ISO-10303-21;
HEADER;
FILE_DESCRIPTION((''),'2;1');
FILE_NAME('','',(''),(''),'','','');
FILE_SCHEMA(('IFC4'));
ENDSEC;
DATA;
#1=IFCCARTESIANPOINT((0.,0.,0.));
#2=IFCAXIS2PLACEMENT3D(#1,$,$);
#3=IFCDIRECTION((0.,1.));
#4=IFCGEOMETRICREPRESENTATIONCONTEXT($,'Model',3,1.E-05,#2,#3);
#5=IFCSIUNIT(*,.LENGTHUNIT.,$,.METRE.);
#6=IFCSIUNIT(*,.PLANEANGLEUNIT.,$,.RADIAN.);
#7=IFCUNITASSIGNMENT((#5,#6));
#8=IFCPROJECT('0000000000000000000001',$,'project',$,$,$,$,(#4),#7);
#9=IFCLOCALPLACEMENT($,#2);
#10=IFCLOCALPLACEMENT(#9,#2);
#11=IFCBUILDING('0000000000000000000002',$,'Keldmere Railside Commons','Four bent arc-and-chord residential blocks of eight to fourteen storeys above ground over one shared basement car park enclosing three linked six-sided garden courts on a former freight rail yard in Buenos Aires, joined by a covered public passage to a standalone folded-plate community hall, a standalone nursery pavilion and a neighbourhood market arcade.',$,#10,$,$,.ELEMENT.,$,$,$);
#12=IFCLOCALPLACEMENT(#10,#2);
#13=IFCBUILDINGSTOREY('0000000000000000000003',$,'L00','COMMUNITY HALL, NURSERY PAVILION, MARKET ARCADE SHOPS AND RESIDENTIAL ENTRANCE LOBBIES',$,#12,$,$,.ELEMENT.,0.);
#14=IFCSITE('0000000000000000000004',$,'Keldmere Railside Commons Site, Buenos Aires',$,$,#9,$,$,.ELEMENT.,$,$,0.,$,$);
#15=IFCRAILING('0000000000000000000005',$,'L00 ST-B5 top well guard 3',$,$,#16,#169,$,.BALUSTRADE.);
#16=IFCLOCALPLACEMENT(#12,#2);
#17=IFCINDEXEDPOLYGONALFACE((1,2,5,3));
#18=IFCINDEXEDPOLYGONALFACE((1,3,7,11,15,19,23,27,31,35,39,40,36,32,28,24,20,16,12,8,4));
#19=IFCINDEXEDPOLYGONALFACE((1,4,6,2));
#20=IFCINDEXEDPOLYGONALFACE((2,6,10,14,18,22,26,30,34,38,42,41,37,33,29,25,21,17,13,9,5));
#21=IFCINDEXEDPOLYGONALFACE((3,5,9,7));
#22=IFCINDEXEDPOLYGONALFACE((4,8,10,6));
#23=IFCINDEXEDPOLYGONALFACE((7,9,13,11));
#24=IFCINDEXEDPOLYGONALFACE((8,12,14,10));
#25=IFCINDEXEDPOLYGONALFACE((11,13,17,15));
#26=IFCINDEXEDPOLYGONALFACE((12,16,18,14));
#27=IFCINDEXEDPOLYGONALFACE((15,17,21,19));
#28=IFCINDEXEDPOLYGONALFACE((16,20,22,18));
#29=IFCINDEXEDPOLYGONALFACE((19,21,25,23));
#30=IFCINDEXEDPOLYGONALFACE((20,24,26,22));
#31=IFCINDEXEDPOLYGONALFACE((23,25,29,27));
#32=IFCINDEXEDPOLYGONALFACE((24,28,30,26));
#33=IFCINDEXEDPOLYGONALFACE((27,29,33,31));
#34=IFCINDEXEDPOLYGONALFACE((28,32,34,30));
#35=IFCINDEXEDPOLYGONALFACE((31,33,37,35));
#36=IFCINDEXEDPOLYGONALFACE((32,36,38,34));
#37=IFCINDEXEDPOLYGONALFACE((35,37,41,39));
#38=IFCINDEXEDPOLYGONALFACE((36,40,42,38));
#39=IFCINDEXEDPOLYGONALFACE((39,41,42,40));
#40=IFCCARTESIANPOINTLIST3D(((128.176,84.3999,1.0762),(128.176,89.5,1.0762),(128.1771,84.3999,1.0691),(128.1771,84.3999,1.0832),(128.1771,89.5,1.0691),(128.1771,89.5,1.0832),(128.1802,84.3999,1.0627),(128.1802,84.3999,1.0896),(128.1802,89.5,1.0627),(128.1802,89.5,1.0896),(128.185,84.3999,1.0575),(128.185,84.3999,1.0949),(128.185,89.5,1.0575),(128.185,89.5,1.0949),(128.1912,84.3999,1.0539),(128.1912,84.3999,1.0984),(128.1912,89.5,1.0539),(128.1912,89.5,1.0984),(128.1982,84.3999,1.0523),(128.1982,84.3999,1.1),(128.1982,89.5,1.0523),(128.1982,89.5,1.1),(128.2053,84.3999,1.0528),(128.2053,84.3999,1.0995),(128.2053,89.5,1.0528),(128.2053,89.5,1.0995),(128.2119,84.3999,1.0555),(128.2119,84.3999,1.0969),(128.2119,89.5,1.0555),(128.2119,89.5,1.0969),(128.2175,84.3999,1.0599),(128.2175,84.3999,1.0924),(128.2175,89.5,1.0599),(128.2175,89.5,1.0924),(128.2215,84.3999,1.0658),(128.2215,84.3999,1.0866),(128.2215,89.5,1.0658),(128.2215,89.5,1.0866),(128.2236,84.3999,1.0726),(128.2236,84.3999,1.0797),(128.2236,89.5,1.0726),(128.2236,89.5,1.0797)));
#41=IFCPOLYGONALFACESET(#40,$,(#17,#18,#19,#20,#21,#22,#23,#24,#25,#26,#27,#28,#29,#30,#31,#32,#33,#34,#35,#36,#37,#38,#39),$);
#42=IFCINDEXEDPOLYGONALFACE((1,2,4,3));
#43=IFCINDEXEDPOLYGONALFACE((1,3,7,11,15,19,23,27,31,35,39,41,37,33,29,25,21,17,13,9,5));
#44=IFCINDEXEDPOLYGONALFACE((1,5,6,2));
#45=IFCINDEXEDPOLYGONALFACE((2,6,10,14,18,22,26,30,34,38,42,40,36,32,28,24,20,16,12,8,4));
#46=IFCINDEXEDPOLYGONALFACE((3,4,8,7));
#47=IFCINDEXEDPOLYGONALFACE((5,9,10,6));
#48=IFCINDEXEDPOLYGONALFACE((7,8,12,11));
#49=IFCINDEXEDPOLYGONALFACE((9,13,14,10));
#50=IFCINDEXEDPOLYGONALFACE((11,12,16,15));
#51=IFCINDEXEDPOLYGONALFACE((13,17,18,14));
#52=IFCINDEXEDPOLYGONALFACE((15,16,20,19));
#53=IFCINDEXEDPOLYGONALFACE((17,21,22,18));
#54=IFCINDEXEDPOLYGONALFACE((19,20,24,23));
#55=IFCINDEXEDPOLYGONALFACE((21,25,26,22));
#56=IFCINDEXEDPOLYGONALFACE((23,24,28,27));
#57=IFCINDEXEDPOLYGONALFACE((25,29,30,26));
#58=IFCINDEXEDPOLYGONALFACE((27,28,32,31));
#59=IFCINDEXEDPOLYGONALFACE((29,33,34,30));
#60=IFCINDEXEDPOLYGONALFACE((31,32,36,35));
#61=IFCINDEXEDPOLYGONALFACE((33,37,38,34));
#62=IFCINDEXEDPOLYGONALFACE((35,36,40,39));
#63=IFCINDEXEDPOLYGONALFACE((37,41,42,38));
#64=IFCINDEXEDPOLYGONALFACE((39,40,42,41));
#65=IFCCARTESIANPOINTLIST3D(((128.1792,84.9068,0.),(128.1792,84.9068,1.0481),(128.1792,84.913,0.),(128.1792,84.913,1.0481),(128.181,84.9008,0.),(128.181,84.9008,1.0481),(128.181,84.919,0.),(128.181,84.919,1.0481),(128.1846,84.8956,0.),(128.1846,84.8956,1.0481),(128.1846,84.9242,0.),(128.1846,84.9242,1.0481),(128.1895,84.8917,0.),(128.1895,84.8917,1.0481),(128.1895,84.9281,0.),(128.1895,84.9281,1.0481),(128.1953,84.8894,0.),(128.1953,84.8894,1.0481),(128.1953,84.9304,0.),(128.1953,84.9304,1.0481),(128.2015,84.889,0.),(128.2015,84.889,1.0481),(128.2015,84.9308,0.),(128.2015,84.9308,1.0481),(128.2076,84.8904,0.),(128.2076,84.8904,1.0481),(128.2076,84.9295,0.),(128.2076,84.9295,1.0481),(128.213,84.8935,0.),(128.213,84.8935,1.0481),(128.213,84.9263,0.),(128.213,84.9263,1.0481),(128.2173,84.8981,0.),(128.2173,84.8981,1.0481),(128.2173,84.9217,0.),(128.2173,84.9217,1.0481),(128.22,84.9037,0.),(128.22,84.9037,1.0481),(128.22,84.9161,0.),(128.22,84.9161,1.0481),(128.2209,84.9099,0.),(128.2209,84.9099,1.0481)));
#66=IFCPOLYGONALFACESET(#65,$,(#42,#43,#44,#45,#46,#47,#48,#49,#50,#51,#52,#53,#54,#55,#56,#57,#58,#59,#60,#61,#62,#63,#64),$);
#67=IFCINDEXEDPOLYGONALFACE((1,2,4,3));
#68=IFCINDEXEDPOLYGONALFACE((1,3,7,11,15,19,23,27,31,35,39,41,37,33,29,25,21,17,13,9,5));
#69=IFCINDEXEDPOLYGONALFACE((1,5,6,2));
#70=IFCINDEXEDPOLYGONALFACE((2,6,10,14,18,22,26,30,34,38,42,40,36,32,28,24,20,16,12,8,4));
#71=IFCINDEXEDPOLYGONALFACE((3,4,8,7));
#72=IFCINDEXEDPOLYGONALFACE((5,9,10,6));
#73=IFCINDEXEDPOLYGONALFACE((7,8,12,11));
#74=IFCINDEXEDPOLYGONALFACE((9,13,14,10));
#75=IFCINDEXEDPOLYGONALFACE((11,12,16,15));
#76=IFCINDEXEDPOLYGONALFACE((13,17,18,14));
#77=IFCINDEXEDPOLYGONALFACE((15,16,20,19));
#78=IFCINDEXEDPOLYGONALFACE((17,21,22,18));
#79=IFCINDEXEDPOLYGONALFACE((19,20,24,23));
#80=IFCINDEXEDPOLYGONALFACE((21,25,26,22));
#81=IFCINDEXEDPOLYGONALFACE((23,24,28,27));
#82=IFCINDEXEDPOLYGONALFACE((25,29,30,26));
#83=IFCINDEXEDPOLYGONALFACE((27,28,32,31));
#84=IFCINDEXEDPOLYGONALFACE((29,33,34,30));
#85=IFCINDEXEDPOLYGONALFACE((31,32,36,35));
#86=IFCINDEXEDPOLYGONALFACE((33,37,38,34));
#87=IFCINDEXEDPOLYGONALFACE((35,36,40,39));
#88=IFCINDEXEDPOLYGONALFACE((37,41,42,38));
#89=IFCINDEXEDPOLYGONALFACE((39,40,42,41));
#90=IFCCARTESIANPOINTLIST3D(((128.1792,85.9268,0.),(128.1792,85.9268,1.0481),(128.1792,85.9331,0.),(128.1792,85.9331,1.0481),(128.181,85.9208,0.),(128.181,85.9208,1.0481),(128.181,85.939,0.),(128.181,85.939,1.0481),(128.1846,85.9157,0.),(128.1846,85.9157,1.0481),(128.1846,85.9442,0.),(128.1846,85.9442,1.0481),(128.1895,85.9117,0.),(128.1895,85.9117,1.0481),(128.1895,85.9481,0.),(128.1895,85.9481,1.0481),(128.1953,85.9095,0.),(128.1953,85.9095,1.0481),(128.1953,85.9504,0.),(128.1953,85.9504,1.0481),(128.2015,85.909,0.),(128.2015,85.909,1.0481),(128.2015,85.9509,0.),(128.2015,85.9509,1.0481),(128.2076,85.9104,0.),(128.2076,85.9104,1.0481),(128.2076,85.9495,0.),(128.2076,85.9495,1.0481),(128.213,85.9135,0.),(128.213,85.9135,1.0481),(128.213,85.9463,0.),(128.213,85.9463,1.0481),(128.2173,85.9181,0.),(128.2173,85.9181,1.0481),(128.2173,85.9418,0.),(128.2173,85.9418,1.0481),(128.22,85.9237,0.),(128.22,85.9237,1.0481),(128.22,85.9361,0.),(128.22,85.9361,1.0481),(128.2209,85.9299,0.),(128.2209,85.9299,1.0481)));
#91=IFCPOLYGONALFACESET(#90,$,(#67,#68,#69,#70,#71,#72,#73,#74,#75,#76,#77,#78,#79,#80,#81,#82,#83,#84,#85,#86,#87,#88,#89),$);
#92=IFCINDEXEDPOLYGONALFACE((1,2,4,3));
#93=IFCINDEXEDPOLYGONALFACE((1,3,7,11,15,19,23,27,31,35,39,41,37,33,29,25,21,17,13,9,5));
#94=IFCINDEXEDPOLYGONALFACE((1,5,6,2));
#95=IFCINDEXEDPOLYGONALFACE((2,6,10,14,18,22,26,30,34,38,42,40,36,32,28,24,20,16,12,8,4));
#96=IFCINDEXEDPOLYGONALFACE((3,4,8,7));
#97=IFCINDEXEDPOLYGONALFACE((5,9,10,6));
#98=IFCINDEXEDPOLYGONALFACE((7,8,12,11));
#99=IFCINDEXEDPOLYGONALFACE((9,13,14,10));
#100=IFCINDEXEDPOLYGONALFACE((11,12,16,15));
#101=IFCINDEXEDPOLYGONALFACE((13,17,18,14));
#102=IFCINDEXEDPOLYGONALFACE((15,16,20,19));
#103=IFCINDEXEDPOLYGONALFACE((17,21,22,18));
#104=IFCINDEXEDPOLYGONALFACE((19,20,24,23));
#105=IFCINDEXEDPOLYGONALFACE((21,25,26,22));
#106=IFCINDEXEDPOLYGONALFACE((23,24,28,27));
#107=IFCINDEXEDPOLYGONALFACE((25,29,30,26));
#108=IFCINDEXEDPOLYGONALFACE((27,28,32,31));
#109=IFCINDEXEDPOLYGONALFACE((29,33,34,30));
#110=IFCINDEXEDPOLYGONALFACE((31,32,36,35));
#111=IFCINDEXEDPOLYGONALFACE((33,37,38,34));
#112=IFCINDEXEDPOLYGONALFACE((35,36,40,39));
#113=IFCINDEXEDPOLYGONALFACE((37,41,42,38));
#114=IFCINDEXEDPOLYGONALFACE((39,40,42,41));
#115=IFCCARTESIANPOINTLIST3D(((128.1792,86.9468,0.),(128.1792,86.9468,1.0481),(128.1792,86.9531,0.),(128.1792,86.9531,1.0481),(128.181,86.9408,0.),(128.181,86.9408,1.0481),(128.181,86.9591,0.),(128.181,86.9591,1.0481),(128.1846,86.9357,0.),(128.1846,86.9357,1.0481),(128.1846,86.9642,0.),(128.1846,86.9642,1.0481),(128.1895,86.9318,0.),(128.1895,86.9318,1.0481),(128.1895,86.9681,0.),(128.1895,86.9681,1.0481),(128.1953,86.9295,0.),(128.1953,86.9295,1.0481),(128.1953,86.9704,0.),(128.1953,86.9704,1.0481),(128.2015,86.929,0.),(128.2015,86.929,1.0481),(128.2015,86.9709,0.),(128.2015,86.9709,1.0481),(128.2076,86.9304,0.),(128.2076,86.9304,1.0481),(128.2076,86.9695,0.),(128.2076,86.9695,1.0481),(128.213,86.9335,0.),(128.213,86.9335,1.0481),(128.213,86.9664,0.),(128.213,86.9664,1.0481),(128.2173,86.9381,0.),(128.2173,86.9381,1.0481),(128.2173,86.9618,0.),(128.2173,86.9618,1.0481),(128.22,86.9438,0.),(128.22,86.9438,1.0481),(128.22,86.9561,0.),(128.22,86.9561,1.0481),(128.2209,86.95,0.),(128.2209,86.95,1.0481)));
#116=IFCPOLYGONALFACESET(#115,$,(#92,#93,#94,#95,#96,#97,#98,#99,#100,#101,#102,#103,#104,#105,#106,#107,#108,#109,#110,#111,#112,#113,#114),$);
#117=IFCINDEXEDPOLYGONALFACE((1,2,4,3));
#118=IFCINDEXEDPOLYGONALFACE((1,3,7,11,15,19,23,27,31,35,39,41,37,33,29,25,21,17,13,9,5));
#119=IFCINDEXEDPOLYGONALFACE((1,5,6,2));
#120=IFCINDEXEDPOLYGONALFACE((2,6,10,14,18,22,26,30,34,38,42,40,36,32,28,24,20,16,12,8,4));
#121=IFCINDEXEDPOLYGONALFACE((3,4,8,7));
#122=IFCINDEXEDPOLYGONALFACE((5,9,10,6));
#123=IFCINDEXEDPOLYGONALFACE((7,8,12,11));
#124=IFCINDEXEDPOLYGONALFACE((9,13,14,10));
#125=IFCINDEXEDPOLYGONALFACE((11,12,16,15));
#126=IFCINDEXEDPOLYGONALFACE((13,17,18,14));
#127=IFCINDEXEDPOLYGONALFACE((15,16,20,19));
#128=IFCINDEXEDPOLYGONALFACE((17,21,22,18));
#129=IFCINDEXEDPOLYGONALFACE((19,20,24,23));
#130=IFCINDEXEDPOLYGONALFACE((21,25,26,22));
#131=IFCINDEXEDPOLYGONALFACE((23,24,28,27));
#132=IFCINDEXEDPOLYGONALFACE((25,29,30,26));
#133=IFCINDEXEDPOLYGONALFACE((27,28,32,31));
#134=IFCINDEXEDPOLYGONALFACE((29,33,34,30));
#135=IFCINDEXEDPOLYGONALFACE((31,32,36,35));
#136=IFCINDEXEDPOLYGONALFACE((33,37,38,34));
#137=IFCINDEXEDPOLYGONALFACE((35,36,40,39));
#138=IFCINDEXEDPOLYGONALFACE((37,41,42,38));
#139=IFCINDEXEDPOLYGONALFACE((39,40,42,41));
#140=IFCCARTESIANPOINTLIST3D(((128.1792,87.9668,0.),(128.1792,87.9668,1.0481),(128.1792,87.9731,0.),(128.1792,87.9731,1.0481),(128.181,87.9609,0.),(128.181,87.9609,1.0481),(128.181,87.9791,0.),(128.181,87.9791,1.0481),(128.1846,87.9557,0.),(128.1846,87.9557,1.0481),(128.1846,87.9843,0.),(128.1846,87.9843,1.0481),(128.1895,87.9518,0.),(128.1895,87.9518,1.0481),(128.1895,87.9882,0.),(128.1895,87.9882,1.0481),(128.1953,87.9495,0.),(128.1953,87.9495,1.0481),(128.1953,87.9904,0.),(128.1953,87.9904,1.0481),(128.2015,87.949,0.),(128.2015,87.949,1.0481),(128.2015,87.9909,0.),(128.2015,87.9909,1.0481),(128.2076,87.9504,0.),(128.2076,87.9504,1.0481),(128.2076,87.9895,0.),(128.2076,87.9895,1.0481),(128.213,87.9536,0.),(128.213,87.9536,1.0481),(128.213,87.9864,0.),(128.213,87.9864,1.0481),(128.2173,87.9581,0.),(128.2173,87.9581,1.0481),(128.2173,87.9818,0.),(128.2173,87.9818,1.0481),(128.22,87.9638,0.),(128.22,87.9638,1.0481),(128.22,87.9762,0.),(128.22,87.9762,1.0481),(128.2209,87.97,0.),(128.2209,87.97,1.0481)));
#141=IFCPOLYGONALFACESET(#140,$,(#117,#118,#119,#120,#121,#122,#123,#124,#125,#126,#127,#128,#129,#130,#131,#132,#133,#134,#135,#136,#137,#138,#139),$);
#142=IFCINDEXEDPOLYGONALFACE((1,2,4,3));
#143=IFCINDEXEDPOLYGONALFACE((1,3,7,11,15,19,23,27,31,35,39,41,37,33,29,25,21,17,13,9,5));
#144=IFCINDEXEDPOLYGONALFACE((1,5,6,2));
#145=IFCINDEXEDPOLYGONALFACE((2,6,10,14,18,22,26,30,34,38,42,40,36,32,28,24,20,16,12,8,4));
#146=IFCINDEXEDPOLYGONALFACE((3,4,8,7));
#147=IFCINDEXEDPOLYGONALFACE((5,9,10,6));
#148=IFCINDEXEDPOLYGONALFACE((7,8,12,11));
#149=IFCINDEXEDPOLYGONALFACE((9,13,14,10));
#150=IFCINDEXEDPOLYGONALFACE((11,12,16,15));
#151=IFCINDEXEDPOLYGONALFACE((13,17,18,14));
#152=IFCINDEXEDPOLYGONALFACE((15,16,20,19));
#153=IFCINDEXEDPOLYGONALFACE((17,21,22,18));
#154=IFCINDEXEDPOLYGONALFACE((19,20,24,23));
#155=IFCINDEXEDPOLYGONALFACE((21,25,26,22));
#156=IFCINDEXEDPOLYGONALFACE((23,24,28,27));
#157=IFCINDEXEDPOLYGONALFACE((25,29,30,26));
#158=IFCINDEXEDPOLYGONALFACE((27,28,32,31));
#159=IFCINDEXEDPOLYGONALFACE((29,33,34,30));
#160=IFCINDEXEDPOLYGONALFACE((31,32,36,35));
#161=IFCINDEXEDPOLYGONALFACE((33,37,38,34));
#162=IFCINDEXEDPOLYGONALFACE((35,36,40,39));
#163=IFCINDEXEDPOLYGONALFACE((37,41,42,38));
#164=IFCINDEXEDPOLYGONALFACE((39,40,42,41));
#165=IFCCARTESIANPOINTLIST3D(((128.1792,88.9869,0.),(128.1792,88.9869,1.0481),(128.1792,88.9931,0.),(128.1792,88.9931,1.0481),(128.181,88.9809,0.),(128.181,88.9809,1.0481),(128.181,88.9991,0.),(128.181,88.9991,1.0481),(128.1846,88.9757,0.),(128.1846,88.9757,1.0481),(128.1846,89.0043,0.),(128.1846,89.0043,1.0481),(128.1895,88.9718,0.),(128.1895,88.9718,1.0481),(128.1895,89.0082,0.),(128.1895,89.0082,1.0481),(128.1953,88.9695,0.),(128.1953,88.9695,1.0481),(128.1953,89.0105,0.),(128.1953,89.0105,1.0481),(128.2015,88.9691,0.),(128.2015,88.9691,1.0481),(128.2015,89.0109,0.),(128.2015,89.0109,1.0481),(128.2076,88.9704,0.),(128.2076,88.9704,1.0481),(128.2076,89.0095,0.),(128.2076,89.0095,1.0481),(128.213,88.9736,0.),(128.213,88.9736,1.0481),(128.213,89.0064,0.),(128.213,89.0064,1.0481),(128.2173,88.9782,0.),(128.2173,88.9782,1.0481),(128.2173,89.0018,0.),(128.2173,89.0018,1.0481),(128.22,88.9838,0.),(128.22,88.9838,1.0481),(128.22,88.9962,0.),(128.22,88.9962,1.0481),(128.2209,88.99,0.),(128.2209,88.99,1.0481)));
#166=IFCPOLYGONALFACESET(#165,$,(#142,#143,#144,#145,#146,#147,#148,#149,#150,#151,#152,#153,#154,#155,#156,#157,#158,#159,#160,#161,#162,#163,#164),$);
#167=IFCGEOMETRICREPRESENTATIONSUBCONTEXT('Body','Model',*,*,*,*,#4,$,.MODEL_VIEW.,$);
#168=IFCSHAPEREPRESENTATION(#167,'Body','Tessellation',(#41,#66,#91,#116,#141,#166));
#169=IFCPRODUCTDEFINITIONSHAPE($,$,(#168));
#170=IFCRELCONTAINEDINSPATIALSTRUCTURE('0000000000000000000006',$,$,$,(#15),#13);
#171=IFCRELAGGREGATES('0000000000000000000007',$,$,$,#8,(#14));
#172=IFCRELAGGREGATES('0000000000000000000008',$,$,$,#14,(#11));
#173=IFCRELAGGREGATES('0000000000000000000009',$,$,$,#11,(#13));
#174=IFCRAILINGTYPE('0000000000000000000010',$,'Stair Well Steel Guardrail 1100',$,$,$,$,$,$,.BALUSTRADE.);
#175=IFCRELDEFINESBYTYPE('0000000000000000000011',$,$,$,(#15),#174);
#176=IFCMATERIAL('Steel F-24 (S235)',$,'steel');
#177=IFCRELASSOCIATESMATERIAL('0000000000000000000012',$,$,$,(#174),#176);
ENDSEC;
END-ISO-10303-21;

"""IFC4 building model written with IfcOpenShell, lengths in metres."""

from ifc_helpers import new_model, si_unit, direction, frame, origin, origin_2d, place, context, subcontext, project, spatial, circle, extrude, material, type_object, element, save


model = new_model("IFC4")

# Units and contexts
model_context = context("Model", 3, precision=1e-05, world=origin(), true_north=direction((0.0, 1.0)))
body_context = subcontext(model_context, "Body", "Model", "MODEL_VIEW")
ifc_project = project(units=[si_unit("LENGTHUNIT", "METRE"), si_unit("PLANEANGLEUNIT", "RADIAN")], contexts=[model_context])

# Site, building, storey
site_placement = place(None, origin())
site = spatial("IfcSite", under=ifc_project, at=site_placement, Name="Keldmere Railside Commons Site, Buenos Aires", CompositionType="ELEMENT", RefElevation=0.0)
building_placement = place(site_placement, origin())
building = spatial("IfcBuilding", under=site, at=building_placement, Name="Keldmere Railside Commons", Description="Four bent arc-and-chord residential blocks of eight to fourteen storeys above ground over one shared basement car park enclosing three linked six-sided garden courts on a former freight rail yard in Buenos Aires, joined by a covered public passage to a standalone folded-plate community hall, a standalone nursery pavilion and a neighbourhood market arcade.", CompositionType="ELEMENT")
storey_placement = place(building_placement, origin())
storey = spatial("IfcBuildingStorey", under=building, at=storey_placement, Name="L00", Description="COMMUNITY HALL, NURSERY PAVILION, MARKET ARCADE SHOPS AND RESIDENTIAL ENTRANCE LOBBIES", CompositionType="ELEMENT", Elevation=0.0)

# Railing
ifc_material_1 = material(Name="Steel F-24 (S235)", Category="steel")
railing_type = type_object("IfcRailingType", Name="Stair Well Steel Guardrail 1100", PredefinedType="BALUSTRADE", material=ifc_material_1)
railing_1_placement = place(storey_placement, frame((128.2, 84.3999, 0.0)))
element("IfcRailing", 1, at=railing_1_placement, inside=storey, type_object=railing_type, Name="L00 ST-B5 top well guard 3", PredefinedType="BALUSTRADE", context=body_context, shape_type="SweptSolid", body=[
    extrude(circle(Radius=0.0239, at=origin_2d()), frame((0.0, 0.0, 1.0762), z_axis=(0.0, 1.0, 0.0), x_axis=(-1.0, 0.0, 0.0)), (0.0, 0.0, 1.0), 5.1001),
    extrude(circle(Radius=0.021, at=origin_2d()), frame((0.0, 0.51, 0.0)), (0.0, 0.0, 1.0), 1.0481),
    extrude(circle(Radius=0.021, at=origin_2d()), frame((0.0, 1.53, 0.0)), (0.0, 0.0, 1.0), 1.0481),
    extrude(circle(Radius=0.021, at=origin_2d()), frame((0.0, 2.55, 0.0)), (0.0, 0.0, 1.0), 1.0481),
    extrude(circle(Radius=0.021, at=origin_2d()), frame((0.0, 3.5701, 0.0)), (0.0, 0.0, 1.0), 1.0481),
    extrude(circle(Radius=0.021, at=origin_2d()), frame((0.0, 4.5901, 0.0)), (0.0, 0.0, 1.0), 1.0481),
])

save(model, "model.ifc")
